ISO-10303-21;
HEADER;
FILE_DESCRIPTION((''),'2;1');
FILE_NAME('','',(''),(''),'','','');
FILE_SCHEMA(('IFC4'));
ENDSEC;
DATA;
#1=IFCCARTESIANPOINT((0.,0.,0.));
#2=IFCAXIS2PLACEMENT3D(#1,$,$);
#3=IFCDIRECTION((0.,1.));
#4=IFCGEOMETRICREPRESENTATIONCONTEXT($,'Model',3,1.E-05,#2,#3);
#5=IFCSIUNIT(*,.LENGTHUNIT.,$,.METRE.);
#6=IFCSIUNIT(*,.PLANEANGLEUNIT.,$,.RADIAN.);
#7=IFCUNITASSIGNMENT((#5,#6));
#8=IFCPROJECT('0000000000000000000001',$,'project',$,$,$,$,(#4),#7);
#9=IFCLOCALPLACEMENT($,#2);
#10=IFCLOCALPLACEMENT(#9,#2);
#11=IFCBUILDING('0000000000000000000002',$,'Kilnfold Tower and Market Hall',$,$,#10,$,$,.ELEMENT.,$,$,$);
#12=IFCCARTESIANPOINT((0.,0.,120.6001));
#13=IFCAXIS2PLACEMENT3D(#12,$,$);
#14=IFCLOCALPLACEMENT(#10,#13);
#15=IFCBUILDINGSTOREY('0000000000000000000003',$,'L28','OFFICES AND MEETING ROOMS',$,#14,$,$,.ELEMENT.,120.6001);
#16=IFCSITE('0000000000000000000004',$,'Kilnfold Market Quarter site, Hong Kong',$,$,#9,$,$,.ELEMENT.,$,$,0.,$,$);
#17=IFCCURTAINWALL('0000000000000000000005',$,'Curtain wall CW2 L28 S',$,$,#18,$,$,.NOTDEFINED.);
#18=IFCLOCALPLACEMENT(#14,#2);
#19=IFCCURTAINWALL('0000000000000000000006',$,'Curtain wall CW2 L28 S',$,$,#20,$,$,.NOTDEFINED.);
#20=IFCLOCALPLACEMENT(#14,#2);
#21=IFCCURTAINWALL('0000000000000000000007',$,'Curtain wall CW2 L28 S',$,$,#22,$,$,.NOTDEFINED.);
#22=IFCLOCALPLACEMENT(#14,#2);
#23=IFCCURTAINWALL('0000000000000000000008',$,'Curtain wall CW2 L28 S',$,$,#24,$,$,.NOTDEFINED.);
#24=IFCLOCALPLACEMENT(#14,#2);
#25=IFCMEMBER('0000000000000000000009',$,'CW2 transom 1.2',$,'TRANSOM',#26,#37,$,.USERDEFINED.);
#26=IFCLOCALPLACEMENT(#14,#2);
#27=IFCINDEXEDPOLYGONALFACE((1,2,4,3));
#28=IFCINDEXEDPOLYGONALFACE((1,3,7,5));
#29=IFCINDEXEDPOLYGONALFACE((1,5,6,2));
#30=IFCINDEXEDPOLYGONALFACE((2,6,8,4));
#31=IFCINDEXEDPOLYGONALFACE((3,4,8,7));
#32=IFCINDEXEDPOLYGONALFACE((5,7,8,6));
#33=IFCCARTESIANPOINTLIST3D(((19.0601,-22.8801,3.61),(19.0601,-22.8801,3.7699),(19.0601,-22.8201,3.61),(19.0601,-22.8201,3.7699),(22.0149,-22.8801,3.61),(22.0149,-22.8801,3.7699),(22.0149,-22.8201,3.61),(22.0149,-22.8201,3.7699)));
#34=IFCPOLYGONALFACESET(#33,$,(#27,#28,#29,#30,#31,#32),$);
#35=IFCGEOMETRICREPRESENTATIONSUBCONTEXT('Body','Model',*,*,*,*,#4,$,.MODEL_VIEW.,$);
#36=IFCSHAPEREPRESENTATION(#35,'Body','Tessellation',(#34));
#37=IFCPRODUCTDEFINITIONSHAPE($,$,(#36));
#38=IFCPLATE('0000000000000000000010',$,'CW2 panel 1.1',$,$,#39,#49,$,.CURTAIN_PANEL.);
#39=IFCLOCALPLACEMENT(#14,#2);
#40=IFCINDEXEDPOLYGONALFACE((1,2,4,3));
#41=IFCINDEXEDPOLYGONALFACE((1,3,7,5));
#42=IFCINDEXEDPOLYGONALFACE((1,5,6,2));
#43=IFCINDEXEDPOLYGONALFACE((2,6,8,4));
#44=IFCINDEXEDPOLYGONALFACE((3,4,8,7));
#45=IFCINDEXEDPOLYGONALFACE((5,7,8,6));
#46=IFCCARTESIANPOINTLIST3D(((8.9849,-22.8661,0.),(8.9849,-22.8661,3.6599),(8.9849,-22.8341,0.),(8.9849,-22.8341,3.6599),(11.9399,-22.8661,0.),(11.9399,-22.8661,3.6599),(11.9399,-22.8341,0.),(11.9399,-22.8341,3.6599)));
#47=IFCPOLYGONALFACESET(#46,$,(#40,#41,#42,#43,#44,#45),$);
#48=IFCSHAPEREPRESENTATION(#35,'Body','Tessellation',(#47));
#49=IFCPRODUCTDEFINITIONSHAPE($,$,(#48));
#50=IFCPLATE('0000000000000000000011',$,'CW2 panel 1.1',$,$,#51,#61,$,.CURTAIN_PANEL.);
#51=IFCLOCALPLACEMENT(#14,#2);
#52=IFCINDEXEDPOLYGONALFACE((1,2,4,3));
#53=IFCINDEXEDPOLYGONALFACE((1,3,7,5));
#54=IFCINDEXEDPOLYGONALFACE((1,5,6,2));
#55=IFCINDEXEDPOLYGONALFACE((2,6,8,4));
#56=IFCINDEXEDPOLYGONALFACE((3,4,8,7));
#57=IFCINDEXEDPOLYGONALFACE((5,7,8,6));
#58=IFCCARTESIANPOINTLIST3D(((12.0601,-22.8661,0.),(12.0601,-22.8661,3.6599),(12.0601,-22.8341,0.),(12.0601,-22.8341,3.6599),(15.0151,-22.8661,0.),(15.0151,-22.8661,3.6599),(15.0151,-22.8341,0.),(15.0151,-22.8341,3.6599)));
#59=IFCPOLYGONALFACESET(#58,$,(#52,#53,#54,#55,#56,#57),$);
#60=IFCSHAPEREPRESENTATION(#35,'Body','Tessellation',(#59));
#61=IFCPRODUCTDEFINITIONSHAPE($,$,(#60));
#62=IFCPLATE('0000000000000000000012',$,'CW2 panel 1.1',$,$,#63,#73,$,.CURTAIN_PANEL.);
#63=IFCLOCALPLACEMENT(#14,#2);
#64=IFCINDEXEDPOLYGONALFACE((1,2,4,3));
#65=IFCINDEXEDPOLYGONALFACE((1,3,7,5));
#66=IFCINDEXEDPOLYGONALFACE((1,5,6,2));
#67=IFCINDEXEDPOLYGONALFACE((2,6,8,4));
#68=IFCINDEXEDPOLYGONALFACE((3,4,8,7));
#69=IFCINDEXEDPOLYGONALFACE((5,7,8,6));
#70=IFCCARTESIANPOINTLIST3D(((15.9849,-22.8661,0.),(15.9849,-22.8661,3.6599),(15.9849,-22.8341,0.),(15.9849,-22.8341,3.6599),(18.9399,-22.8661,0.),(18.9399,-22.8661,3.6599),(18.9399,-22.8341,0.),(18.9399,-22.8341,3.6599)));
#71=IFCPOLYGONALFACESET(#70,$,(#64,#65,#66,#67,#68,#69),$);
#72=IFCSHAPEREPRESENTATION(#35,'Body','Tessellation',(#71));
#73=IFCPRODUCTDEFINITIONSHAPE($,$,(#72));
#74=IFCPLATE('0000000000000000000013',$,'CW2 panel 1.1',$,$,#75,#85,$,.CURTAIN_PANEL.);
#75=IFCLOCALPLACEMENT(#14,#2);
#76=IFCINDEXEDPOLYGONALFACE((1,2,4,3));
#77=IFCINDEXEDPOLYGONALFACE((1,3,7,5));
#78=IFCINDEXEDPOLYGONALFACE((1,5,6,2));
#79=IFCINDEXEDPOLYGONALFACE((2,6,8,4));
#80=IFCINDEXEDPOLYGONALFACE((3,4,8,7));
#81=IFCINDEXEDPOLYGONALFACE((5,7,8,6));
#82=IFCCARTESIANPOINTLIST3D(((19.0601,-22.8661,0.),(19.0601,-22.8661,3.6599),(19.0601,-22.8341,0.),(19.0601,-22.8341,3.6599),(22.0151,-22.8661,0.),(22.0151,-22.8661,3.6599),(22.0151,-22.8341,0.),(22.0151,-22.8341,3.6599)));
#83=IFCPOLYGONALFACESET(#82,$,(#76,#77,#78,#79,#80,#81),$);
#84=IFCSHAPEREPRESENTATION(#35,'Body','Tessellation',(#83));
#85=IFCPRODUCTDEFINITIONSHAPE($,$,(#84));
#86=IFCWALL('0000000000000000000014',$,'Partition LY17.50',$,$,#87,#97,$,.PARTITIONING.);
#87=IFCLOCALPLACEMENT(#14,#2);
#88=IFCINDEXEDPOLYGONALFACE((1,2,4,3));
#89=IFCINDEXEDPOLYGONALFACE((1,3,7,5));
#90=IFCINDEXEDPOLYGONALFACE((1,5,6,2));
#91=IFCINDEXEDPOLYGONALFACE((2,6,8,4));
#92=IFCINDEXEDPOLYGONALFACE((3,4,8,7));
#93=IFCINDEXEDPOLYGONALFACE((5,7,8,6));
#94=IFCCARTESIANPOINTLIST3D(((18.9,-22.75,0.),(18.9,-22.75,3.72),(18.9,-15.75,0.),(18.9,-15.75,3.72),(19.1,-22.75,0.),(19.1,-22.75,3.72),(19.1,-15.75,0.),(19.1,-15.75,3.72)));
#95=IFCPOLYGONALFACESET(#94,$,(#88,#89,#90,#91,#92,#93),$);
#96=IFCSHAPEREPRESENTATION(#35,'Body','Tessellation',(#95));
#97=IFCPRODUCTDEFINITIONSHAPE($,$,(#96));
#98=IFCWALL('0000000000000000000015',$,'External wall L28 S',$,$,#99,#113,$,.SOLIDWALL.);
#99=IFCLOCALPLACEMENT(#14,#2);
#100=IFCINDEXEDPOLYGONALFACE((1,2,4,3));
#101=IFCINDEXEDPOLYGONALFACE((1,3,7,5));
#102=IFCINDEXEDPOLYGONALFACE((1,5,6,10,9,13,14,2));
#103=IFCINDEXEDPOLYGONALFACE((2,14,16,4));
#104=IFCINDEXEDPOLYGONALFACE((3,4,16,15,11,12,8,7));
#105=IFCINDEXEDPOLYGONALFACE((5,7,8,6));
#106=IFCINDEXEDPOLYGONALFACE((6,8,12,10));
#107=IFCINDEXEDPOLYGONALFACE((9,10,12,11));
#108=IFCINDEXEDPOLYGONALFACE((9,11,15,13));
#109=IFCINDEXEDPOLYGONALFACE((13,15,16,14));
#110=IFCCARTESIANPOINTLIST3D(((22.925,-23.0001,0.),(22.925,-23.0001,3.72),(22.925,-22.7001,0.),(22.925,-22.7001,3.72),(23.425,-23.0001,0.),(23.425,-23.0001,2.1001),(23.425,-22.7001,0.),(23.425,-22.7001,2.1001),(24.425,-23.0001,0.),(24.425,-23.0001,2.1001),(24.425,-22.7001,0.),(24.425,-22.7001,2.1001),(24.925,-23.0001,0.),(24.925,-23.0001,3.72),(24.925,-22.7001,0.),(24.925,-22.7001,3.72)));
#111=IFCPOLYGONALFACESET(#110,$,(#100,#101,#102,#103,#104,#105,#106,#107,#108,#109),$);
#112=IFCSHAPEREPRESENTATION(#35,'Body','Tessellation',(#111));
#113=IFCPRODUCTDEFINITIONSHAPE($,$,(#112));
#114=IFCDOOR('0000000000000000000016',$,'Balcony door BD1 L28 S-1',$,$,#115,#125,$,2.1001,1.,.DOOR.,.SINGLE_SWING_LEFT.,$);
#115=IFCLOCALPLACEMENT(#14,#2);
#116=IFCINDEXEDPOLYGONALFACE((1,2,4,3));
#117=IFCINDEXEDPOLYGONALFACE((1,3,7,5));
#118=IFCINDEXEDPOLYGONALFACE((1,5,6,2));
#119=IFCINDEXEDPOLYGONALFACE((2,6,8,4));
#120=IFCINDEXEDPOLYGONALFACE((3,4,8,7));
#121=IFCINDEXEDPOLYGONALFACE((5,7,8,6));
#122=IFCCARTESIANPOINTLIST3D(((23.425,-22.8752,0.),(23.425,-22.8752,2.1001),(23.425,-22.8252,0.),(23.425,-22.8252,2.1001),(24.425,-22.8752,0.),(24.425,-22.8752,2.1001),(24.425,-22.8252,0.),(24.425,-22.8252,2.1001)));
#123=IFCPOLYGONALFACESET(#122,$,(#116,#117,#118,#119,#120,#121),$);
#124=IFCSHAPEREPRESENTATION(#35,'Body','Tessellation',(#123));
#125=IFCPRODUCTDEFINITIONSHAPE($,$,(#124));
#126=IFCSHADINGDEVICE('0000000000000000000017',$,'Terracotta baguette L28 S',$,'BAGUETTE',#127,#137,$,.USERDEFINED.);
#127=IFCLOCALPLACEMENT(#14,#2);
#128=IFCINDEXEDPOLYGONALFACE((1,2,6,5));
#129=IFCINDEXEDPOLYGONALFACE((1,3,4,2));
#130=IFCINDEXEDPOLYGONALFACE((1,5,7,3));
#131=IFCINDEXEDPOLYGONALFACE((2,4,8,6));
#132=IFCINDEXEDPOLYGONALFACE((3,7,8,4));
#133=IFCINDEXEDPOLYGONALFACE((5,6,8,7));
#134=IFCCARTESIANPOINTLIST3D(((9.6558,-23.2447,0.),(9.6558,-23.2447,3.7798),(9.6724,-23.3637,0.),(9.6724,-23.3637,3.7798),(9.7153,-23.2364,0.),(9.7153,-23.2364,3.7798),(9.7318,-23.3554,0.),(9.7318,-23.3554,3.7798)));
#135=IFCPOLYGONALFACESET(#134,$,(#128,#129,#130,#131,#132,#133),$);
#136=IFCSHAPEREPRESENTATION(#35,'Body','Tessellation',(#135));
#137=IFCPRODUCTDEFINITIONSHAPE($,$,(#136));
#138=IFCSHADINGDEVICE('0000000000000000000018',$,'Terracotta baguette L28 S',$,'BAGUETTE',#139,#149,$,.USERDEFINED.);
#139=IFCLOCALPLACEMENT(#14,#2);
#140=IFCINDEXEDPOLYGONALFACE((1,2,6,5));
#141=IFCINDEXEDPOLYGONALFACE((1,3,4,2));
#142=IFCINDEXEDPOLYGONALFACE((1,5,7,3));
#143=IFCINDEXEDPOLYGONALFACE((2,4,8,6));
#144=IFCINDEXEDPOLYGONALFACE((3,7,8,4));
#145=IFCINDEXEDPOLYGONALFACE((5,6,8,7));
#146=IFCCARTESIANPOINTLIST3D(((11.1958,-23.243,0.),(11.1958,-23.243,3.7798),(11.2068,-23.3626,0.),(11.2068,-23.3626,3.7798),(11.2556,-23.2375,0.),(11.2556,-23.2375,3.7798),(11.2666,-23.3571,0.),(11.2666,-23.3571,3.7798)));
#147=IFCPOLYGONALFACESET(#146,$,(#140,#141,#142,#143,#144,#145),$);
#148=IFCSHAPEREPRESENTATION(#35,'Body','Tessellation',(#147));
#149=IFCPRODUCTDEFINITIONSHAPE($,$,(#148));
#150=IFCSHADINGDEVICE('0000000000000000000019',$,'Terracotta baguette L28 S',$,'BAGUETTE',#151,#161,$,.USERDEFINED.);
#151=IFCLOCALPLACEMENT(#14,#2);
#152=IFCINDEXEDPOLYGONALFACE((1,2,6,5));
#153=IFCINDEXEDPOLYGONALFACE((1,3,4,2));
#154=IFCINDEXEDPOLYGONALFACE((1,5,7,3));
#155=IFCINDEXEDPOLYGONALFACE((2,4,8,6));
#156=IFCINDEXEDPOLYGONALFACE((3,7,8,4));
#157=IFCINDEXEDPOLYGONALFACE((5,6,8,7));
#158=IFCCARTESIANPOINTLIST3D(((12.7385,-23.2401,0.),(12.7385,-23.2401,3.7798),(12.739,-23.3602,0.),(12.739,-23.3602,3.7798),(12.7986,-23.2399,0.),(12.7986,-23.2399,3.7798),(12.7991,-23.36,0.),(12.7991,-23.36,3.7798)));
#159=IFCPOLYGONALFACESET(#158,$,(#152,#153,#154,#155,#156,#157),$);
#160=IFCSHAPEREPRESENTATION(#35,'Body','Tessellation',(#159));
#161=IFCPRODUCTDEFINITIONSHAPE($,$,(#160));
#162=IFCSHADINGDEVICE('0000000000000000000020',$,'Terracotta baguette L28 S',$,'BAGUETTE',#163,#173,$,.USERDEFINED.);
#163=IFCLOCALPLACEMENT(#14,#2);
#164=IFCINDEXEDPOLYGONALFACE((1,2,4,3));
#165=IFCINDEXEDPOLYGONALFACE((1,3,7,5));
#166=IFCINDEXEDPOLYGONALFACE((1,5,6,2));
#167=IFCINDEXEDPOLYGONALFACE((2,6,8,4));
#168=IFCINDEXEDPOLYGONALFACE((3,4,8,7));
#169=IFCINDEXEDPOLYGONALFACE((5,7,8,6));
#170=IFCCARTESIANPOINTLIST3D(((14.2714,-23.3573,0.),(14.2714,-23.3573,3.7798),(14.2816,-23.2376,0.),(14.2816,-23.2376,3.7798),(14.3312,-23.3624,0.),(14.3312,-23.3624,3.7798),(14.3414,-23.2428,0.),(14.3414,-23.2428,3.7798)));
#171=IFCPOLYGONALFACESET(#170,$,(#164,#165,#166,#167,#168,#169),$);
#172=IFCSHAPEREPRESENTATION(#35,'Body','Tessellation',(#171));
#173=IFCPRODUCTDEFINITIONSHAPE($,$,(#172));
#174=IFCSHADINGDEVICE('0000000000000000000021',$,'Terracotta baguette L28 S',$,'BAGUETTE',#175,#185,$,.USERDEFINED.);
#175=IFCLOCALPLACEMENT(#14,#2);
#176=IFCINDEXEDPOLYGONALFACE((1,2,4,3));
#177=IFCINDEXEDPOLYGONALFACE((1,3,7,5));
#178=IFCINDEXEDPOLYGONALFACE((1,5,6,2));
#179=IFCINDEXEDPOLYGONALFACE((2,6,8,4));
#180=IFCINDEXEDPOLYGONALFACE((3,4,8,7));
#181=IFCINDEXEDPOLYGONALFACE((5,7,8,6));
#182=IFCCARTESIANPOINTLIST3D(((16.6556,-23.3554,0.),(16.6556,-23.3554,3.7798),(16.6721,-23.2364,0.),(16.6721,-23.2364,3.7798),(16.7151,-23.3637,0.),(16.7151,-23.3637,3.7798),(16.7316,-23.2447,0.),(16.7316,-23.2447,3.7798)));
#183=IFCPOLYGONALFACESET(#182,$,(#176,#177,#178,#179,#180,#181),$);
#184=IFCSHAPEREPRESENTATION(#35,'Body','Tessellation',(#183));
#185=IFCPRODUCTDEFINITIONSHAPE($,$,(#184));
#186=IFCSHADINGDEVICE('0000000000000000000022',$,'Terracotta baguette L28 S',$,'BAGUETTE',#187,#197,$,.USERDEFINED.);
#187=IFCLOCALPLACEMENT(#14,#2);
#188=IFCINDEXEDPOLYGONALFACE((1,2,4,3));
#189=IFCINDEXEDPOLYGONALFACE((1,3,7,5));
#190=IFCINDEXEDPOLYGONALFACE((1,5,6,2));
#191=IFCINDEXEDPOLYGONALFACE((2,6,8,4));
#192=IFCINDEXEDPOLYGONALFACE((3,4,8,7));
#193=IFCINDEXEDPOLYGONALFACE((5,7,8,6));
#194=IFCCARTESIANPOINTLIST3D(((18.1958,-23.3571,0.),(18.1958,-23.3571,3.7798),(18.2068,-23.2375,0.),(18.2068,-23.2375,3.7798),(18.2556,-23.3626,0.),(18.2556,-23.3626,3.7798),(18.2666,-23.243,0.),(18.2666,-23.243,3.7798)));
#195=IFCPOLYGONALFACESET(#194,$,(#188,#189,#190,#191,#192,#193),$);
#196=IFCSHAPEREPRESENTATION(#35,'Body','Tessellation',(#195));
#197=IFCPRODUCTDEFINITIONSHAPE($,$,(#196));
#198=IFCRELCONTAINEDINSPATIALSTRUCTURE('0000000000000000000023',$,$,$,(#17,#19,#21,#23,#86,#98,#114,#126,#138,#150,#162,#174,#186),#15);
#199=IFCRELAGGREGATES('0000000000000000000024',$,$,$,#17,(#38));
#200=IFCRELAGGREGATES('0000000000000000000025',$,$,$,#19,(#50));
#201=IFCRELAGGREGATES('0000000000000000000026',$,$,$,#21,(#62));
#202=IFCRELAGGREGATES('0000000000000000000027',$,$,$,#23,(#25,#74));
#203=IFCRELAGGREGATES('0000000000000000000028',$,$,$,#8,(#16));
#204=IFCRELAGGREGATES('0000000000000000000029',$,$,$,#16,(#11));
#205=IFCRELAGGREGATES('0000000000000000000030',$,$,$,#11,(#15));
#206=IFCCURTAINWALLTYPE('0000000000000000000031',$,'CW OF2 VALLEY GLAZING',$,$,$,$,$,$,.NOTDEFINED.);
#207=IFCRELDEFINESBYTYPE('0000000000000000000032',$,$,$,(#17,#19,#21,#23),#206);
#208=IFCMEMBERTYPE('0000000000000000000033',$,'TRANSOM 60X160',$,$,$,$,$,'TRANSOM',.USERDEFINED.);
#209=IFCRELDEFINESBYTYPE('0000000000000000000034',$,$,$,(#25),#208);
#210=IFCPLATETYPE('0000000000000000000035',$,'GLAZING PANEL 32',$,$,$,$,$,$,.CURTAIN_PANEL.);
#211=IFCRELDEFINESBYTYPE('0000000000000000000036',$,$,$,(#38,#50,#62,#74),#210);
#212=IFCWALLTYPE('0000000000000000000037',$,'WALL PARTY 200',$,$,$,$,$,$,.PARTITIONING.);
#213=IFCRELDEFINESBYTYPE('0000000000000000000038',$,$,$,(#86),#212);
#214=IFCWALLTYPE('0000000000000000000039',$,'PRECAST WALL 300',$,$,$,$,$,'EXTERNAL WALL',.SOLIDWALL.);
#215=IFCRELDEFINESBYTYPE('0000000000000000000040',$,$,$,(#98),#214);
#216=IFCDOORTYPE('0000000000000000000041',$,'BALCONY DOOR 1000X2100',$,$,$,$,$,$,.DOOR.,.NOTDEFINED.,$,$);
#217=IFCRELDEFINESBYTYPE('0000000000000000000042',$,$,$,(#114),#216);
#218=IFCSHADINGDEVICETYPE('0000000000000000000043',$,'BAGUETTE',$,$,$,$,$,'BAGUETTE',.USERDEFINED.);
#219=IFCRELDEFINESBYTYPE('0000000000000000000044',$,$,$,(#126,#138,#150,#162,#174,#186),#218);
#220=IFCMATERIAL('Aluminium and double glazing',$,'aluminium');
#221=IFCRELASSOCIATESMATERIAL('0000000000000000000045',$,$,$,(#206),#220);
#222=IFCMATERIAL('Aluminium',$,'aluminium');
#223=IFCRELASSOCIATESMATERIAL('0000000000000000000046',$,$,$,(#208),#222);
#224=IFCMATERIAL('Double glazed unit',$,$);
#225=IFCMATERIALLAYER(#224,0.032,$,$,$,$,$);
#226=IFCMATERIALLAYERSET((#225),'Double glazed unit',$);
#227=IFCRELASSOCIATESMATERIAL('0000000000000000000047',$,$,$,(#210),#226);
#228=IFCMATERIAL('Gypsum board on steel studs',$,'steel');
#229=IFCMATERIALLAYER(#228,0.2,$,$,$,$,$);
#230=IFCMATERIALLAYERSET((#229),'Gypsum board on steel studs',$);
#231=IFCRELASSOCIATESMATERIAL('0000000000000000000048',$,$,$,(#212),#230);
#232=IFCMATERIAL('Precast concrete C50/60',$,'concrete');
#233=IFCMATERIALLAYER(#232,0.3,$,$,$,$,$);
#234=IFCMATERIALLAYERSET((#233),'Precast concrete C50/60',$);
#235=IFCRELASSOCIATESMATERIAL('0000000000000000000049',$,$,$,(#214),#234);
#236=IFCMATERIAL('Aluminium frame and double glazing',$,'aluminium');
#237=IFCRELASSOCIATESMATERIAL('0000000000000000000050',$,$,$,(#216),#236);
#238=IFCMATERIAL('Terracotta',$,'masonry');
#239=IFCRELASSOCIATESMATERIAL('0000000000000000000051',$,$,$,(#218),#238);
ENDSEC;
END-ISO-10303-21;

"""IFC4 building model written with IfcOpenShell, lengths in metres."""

from ifc_helpers import new_model, si_unit, direction, frame, frame_2d, origin, origin_2d, place, context, subcontext, project, spatial, rectangle, extrude, source, transform, mapped, material, layer, layer_set, material_profile, profile_set, type_object, element, fill, aggregate, save


model = new_model("IFC4")

# Units and contexts
model_context = context("Model", 3, precision=1e-05, world=origin(), true_north=direction((0.0, 1.0)))
body_context = subcontext(model_context, "Body", "Model", "MODEL_VIEW")
ifc_project = project(units=[si_unit("LENGTHUNIT", "METRE"), si_unit("PLANEANGLEUNIT", "RADIAN")], contexts=[model_context])

# Site, building, storey
site_placement = place(None, origin())
site = spatial("IfcSite", under=ifc_project, at=site_placement, Name="Kilnfold Market Quarter site, Hong Kong", CompositionType="ELEMENT", RefElevation=0.0)
building_placement = place(site_placement, origin())
building = spatial("IfcBuilding", under=site, at=building_placement, Name="Kilnfold Tower and Market Hall", CompositionType="ELEMENT")
storey_placement = place(building_placement, frame((0.0, 0.0, 120.6001)))
storey = spatial("IfcBuildingStorey", under=building, at=storey_placement, Name="L28", Description="OFFICES AND MEETING ROOMS", CompositionType="ELEMENT", Elevation=120.6001)

# Curtain walls
ifc_material_1 = material(Name="Aluminium and double glazing", Category="aluminium")
curtain_wall_type = type_object("IfcCurtainWallType", Name="CW OF2 VALLEY GLAZING", PredefinedType="NOTDEFINED", material=ifc_material_1)
curtain_wall_1_placement = place(storey_placement, origin())
curtain_wall_1 = element("IfcCurtainWall", 1, at=curtain_wall_1_placement, inside=storey, type_object=curtain_wall_type, Name="Curtain wall CW2 L28 S", PredefinedType="NOTDEFINED")
curtain_wall_2_placement = place(storey_placement, origin())
curtain_wall_2 = element("IfcCurtainWall", 2, at=curtain_wall_2_placement, inside=storey, type_object=curtain_wall_type, Name="Curtain wall CW2 L28 S", PredefinedType="NOTDEFINED")
curtain_wall_3_placement = place(storey_placement, origin())
curtain_wall_3 = element("IfcCurtainWall", 3, at=curtain_wall_3_placement, inside=storey, type_object=curtain_wall_type, Name="Curtain wall CW2 L28 S", PredefinedType="NOTDEFINED")
curtain_wall_4_placement = place(storey_placement, origin())
curtain_wall_4 = element("IfcCurtainWall", 4, at=curtain_wall_4_placement, inside=storey, type_object=curtain_wall_type, Name="Curtain wall CW2 L28 S", PredefinedType="NOTDEFINED")

# Member
ifc_material_2 = material(Name="Aluminium", Category="aluminium")
ifc_material_profile_1 = material_profile(ifc_material_2, rectangle(XDim=0.0601, YDim=0.1599, at=origin_2d()), Name="TRANSOM 60x160")
ifc_profile_set_1 = profile_set([ifc_material_profile_1], Name="Aluminium")
member_type_1 = type_object("IfcMemberType", Name="TRANSOM 60X160", ElementType="TRANSOM", PredefinedType="USERDEFINED", material=ifc_profile_set_1)
shared_shape_1 = source(origin(), body_context, "Body", "SweptSolid", [
    extrude(rectangle(XDim=0.0601, YDim=0.1599, at=origin_2d()), origin(), (0.0, 0.0, 1.0), 2.9548),
])
member_1_placement = place(storey_placement, frame((19.0601, -22.8501, 3.6899), z_axis=(1.0, 0.0, 0.0), x_axis=(0.0, 1.0, 0.0)))
member_1 = element("IfcMember", 5, at=member_1_placement, type_object=member_type_1, Name="CW2 transom 1.2", ObjectType="TRANSOM", PredefinedType="USERDEFINED", context=body_context, shape_type="MappedRepresentation", body=[
    mapped(shared_shape_1, transform((0.0, 0.0, 0.0))),
])

# Plates
ifc_material_3 = material(Name="Double glazed unit")
ifc_layer_1 = layer(ifc_material_3, 0.032)
ifc_layer_set_1 = layer_set([ifc_layer_1], Name="Double glazed unit")
plate_type = type_object("IfcPlateType", Name="GLAZING PANEL 32", PredefinedType="CURTAIN_PANEL", material=ifc_layer_set_1)
shared_shape_2 = source(origin(), body_context, "Body", "SweptSolid", [
    extrude(rectangle(XDim=2.9551, YDim=0.032, at=origin_2d()), origin(), (0.0, 0.0, 1.0), 3.6599),
])
plate_1_placement = place(storey_placement, frame((10.4624, -22.8501, 0.0), z_axis=(0.0, 0.0, 1.0), x_axis=(1.0, 0.0, 0.0)))
plate_1 = element("IfcPlate", 6, at=plate_1_placement, type_object=plate_type, Name="CW2 panel 1.1", PredefinedType="CURTAIN_PANEL", context=body_context, shape_type="MappedRepresentation", body=[
    mapped(shared_shape_2, transform((0.0, 0.0, 0.0))),
])
aggregate(curtain_wall_1, [plate_1])
plate_2_placement = place(storey_placement, frame((13.5376, -22.8501, 0.0), z_axis=(0.0, 0.0, 1.0), x_axis=(1.0, 0.0, 0.0)))
plate_2 = element("IfcPlate", 7, at=plate_2_placement, type_object=plate_type, Name="CW2 panel 1.1", PredefinedType="CURTAIN_PANEL", context=body_context, shape_type="MappedRepresentation", body=[
    mapped(shared_shape_2, transform((0.0, 0.0, 0.0))),
])
aggregate(curtain_wall_2, [plate_2])
plate_3_placement = place(storey_placement, frame((17.4624, -22.8501, 0.0), z_axis=(0.0, 0.0, 1.0), x_axis=(1.0, 0.0, 0.0)))
plate_3 = element("IfcPlate", 8, at=plate_3_placement, type_object=plate_type, Name="CW2 panel 1.1", PredefinedType="CURTAIN_PANEL", context=body_context, shape_type="MappedRepresentation", body=[
    mapped(shared_shape_2, transform((0.0, 0.0, 0.0))),
])
aggregate(curtain_wall_3, [plate_3])
plate_4_placement = place(storey_placement, frame((20.5376, -22.8501, 0.0), z_axis=(0.0, 0.0, 1.0), x_axis=(1.0, 0.0, 0.0)))
plate_4 = element("IfcPlate", 9, at=plate_4_placement, type_object=plate_type, Name="CW2 panel 1.1", PredefinedType="CURTAIN_PANEL", context=body_context, shape_type="MappedRepresentation", body=[
    mapped(shared_shape_2, transform((0.0, 0.0, 0.0))),
])
aggregate(curtain_wall_4, [member_1, plate_4])

# Wall
ifc_material_4 = material(Name="Gypsum board on steel studs", Category="steel")
ifc_layer_2 = layer(ifc_material_4, 0.2)
ifc_layer_set_2 = layer_set([ifc_layer_2], Name="Gypsum board on steel studs")
wall_type_1 = type_object("IfcWallType", Name="WALL PARTY 200", PredefinedType="PARTITIONING", material=ifc_layer_set_2)
wall_1_placement = place(storey_placement, frame((19.0, -22.75, 0.0), z_axis=(0.0, 0.0, 1.0), x_axis=(0.0, 1.0, 0.0)))
element("IfcWall", 10, at=wall_1_placement, inside=storey, type_object=wall_type_1, Name="Partition LY17.50", PredefinedType="PARTITIONING", context=body_context, shape_type="SweptSolid", body=[
    extrude(rectangle(XDim=7.0, YDim=0.2, at=frame_2d((3.5, 0.0))), origin(), (0.0, 0.0, 1.0), 3.72),
])

# Wall, opening, door
ifc_material_5 = material(Name="Precast concrete C50/60", Category="concrete")
ifc_layer_3 = layer(ifc_material_5, 0.3)
ifc_layer_set_3 = layer_set([ifc_layer_3], Name="Precast concrete C50/60")
wall_type_2 = type_object("IfcWallType", Name="PRECAST WALL 300", ElementType="EXTERNAL WALL", PredefinedType="SOLIDWALL", material=ifc_layer_set_3)
shared_shape_3 = source(origin(), body_context, "Body", "SweptSolid", [
    extrude(rectangle(XDim=2.0, YDim=0.3, at=frame_2d((1.0, 0.0))), origin(), (0.0, 0.0, 1.0), 3.72),
])
wall_2_placement = place(storey_placement, frame((22.925, -22.8501, 0.0), z_axis=(0.0, 0.0, 1.0), x_axis=(1.0, 0.0, 0.0)))
wall_2 = element("IfcWall", 11, at=wall_2_placement, inside=storey, type_object=wall_type_2, Name="External wall L28 S", PredefinedType="SOLIDWALL", context=body_context, shape_type="MappedRepresentation", body=[
    mapped(shared_shape_3, transform((0.0, 0.0, 0.0))),
])
opening_placement = place(wall_2_placement, frame((0.5, 0.0, 0.0)))
opening = element("IfcOpeningElement", 12, at=opening_placement, cuts=wall_2, PredefinedType="OPENING", context=body_context, shape_type="SweptSolid", body=[
    extrude(rectangle(XDim=1.0, YDim=2.1001, at=frame_2d((0.5, 1.05))), frame((0.0, 0.1602, 0.0), z_axis=(0.0, -1.0, 0.0), x_axis=(1.0, 0.0, 0.0)), (0.0, 0.0, 1.0), 0.3201),
])
ifc_material_6 = material(Name="Aluminium frame and double glazing", Category="aluminium")
door_type = type_object("IfcDoorType", Name="BALCONY DOOR 1000X2100", OperationType="NOTDEFINED", PredefinedType="DOOR", material=ifc_material_6)
door_placement = place(opening_placement, origin())
door = element("IfcDoor", 13, at=door_placement, inside=storey, type_object=door_type, Name="Balcony door BD1 L28 S-1", OperationType="SINGLE_SWING_LEFT", OverallHeight=2.1001, OverallWidth=1.0, PredefinedType="DOOR", context=body_context, shape_type="SweptSolid", body=[
    extrude(rectangle(XDim=1.0, YDim=2.1001, at=frame_2d((0.5, 1.05))), frame((0.0, 0.0249, 0.0), z_axis=(0.0, -1.0, 0.0), x_axis=(1.0, 0.0, 0.0)), (0.0, 0.0, 1.0), 0.05),
])
fill(opening, door)

# Shading devices
ifc_material_7 = material(Name="Terracotta", Category="masonry")
ifc_material_profile_2 = material_profile(ifc_material_7, rectangle(XDim=0.0601, YDim=0.1201, at=origin_2d()), Name="BAG 60x120")
ifc_profile_set_2 = profile_set([ifc_material_profile_2], Name="Terracotta")
shading_device_type = type_object("IfcShadingDeviceType", Name="BAGUETTE", ElementType="BAGUETTE", PredefinedType="USERDEFINED", material=ifc_profile_set_2)
shared_shape_4 = source(origin(), body_context, "Body", "SweptSolid", [
    extrude(rectangle(XDim=0.0601, YDim=0.1201, at=origin_2d()), origin(), (0.0, 0.0, 1.0), 3.7798),
])
for number, where, z_axis, x_axis, name in (
    (14, (9.6938, -23.3, 0.0), (0.0, 0.0, 1.0), (0.990511, 0.137434, 0.0), "Terracotta baguette L28 S"),
    (15, (11.2312, -23.3, 0.0), (0.0, 0.0, 1.0), (0.995745, 0.092146, 0.0), "Terracotta baguette L28 S"),
    (16, (12.7688, -23.3, 0.0), (0.0, 0.0, 1.0), (0.99999, 0.004465, 0.0), "Terracotta baguette L28 S"),
    (17, (14.3064, -23.3, 0.0), (0.0, 0.0, 1.0), (0.996356, -0.085288, 0.0), "Terracotta baguette L28 S"),
    (18, (16.6936, -23.3, 0.0), (0.0, 0.0, 1.0), (0.990511, -0.137434, 0.0), "Terracotta baguette L28 S"),
    (19, (18.2312, -23.3, 0.0), (0.0, 0.0, 1.0), (0.995745, -0.092146, 0.0), "Terracotta baguette L28 S"),
):
    element("IfcShadingDevice", number, at=place(storey_placement, frame(where, z_axis=z_axis, x_axis=x_axis)), inside=storey, type_object=shading_device_type, Name=name, ObjectType="BAGUETTE", PredefinedType="USERDEFINED", context=body_context, shape_type="MappedRepresentation", body=[
        mapped(shared_shape_4, transform((0.0, 0.0, 0.0))),
    ])

save(model, "model.ifc")
